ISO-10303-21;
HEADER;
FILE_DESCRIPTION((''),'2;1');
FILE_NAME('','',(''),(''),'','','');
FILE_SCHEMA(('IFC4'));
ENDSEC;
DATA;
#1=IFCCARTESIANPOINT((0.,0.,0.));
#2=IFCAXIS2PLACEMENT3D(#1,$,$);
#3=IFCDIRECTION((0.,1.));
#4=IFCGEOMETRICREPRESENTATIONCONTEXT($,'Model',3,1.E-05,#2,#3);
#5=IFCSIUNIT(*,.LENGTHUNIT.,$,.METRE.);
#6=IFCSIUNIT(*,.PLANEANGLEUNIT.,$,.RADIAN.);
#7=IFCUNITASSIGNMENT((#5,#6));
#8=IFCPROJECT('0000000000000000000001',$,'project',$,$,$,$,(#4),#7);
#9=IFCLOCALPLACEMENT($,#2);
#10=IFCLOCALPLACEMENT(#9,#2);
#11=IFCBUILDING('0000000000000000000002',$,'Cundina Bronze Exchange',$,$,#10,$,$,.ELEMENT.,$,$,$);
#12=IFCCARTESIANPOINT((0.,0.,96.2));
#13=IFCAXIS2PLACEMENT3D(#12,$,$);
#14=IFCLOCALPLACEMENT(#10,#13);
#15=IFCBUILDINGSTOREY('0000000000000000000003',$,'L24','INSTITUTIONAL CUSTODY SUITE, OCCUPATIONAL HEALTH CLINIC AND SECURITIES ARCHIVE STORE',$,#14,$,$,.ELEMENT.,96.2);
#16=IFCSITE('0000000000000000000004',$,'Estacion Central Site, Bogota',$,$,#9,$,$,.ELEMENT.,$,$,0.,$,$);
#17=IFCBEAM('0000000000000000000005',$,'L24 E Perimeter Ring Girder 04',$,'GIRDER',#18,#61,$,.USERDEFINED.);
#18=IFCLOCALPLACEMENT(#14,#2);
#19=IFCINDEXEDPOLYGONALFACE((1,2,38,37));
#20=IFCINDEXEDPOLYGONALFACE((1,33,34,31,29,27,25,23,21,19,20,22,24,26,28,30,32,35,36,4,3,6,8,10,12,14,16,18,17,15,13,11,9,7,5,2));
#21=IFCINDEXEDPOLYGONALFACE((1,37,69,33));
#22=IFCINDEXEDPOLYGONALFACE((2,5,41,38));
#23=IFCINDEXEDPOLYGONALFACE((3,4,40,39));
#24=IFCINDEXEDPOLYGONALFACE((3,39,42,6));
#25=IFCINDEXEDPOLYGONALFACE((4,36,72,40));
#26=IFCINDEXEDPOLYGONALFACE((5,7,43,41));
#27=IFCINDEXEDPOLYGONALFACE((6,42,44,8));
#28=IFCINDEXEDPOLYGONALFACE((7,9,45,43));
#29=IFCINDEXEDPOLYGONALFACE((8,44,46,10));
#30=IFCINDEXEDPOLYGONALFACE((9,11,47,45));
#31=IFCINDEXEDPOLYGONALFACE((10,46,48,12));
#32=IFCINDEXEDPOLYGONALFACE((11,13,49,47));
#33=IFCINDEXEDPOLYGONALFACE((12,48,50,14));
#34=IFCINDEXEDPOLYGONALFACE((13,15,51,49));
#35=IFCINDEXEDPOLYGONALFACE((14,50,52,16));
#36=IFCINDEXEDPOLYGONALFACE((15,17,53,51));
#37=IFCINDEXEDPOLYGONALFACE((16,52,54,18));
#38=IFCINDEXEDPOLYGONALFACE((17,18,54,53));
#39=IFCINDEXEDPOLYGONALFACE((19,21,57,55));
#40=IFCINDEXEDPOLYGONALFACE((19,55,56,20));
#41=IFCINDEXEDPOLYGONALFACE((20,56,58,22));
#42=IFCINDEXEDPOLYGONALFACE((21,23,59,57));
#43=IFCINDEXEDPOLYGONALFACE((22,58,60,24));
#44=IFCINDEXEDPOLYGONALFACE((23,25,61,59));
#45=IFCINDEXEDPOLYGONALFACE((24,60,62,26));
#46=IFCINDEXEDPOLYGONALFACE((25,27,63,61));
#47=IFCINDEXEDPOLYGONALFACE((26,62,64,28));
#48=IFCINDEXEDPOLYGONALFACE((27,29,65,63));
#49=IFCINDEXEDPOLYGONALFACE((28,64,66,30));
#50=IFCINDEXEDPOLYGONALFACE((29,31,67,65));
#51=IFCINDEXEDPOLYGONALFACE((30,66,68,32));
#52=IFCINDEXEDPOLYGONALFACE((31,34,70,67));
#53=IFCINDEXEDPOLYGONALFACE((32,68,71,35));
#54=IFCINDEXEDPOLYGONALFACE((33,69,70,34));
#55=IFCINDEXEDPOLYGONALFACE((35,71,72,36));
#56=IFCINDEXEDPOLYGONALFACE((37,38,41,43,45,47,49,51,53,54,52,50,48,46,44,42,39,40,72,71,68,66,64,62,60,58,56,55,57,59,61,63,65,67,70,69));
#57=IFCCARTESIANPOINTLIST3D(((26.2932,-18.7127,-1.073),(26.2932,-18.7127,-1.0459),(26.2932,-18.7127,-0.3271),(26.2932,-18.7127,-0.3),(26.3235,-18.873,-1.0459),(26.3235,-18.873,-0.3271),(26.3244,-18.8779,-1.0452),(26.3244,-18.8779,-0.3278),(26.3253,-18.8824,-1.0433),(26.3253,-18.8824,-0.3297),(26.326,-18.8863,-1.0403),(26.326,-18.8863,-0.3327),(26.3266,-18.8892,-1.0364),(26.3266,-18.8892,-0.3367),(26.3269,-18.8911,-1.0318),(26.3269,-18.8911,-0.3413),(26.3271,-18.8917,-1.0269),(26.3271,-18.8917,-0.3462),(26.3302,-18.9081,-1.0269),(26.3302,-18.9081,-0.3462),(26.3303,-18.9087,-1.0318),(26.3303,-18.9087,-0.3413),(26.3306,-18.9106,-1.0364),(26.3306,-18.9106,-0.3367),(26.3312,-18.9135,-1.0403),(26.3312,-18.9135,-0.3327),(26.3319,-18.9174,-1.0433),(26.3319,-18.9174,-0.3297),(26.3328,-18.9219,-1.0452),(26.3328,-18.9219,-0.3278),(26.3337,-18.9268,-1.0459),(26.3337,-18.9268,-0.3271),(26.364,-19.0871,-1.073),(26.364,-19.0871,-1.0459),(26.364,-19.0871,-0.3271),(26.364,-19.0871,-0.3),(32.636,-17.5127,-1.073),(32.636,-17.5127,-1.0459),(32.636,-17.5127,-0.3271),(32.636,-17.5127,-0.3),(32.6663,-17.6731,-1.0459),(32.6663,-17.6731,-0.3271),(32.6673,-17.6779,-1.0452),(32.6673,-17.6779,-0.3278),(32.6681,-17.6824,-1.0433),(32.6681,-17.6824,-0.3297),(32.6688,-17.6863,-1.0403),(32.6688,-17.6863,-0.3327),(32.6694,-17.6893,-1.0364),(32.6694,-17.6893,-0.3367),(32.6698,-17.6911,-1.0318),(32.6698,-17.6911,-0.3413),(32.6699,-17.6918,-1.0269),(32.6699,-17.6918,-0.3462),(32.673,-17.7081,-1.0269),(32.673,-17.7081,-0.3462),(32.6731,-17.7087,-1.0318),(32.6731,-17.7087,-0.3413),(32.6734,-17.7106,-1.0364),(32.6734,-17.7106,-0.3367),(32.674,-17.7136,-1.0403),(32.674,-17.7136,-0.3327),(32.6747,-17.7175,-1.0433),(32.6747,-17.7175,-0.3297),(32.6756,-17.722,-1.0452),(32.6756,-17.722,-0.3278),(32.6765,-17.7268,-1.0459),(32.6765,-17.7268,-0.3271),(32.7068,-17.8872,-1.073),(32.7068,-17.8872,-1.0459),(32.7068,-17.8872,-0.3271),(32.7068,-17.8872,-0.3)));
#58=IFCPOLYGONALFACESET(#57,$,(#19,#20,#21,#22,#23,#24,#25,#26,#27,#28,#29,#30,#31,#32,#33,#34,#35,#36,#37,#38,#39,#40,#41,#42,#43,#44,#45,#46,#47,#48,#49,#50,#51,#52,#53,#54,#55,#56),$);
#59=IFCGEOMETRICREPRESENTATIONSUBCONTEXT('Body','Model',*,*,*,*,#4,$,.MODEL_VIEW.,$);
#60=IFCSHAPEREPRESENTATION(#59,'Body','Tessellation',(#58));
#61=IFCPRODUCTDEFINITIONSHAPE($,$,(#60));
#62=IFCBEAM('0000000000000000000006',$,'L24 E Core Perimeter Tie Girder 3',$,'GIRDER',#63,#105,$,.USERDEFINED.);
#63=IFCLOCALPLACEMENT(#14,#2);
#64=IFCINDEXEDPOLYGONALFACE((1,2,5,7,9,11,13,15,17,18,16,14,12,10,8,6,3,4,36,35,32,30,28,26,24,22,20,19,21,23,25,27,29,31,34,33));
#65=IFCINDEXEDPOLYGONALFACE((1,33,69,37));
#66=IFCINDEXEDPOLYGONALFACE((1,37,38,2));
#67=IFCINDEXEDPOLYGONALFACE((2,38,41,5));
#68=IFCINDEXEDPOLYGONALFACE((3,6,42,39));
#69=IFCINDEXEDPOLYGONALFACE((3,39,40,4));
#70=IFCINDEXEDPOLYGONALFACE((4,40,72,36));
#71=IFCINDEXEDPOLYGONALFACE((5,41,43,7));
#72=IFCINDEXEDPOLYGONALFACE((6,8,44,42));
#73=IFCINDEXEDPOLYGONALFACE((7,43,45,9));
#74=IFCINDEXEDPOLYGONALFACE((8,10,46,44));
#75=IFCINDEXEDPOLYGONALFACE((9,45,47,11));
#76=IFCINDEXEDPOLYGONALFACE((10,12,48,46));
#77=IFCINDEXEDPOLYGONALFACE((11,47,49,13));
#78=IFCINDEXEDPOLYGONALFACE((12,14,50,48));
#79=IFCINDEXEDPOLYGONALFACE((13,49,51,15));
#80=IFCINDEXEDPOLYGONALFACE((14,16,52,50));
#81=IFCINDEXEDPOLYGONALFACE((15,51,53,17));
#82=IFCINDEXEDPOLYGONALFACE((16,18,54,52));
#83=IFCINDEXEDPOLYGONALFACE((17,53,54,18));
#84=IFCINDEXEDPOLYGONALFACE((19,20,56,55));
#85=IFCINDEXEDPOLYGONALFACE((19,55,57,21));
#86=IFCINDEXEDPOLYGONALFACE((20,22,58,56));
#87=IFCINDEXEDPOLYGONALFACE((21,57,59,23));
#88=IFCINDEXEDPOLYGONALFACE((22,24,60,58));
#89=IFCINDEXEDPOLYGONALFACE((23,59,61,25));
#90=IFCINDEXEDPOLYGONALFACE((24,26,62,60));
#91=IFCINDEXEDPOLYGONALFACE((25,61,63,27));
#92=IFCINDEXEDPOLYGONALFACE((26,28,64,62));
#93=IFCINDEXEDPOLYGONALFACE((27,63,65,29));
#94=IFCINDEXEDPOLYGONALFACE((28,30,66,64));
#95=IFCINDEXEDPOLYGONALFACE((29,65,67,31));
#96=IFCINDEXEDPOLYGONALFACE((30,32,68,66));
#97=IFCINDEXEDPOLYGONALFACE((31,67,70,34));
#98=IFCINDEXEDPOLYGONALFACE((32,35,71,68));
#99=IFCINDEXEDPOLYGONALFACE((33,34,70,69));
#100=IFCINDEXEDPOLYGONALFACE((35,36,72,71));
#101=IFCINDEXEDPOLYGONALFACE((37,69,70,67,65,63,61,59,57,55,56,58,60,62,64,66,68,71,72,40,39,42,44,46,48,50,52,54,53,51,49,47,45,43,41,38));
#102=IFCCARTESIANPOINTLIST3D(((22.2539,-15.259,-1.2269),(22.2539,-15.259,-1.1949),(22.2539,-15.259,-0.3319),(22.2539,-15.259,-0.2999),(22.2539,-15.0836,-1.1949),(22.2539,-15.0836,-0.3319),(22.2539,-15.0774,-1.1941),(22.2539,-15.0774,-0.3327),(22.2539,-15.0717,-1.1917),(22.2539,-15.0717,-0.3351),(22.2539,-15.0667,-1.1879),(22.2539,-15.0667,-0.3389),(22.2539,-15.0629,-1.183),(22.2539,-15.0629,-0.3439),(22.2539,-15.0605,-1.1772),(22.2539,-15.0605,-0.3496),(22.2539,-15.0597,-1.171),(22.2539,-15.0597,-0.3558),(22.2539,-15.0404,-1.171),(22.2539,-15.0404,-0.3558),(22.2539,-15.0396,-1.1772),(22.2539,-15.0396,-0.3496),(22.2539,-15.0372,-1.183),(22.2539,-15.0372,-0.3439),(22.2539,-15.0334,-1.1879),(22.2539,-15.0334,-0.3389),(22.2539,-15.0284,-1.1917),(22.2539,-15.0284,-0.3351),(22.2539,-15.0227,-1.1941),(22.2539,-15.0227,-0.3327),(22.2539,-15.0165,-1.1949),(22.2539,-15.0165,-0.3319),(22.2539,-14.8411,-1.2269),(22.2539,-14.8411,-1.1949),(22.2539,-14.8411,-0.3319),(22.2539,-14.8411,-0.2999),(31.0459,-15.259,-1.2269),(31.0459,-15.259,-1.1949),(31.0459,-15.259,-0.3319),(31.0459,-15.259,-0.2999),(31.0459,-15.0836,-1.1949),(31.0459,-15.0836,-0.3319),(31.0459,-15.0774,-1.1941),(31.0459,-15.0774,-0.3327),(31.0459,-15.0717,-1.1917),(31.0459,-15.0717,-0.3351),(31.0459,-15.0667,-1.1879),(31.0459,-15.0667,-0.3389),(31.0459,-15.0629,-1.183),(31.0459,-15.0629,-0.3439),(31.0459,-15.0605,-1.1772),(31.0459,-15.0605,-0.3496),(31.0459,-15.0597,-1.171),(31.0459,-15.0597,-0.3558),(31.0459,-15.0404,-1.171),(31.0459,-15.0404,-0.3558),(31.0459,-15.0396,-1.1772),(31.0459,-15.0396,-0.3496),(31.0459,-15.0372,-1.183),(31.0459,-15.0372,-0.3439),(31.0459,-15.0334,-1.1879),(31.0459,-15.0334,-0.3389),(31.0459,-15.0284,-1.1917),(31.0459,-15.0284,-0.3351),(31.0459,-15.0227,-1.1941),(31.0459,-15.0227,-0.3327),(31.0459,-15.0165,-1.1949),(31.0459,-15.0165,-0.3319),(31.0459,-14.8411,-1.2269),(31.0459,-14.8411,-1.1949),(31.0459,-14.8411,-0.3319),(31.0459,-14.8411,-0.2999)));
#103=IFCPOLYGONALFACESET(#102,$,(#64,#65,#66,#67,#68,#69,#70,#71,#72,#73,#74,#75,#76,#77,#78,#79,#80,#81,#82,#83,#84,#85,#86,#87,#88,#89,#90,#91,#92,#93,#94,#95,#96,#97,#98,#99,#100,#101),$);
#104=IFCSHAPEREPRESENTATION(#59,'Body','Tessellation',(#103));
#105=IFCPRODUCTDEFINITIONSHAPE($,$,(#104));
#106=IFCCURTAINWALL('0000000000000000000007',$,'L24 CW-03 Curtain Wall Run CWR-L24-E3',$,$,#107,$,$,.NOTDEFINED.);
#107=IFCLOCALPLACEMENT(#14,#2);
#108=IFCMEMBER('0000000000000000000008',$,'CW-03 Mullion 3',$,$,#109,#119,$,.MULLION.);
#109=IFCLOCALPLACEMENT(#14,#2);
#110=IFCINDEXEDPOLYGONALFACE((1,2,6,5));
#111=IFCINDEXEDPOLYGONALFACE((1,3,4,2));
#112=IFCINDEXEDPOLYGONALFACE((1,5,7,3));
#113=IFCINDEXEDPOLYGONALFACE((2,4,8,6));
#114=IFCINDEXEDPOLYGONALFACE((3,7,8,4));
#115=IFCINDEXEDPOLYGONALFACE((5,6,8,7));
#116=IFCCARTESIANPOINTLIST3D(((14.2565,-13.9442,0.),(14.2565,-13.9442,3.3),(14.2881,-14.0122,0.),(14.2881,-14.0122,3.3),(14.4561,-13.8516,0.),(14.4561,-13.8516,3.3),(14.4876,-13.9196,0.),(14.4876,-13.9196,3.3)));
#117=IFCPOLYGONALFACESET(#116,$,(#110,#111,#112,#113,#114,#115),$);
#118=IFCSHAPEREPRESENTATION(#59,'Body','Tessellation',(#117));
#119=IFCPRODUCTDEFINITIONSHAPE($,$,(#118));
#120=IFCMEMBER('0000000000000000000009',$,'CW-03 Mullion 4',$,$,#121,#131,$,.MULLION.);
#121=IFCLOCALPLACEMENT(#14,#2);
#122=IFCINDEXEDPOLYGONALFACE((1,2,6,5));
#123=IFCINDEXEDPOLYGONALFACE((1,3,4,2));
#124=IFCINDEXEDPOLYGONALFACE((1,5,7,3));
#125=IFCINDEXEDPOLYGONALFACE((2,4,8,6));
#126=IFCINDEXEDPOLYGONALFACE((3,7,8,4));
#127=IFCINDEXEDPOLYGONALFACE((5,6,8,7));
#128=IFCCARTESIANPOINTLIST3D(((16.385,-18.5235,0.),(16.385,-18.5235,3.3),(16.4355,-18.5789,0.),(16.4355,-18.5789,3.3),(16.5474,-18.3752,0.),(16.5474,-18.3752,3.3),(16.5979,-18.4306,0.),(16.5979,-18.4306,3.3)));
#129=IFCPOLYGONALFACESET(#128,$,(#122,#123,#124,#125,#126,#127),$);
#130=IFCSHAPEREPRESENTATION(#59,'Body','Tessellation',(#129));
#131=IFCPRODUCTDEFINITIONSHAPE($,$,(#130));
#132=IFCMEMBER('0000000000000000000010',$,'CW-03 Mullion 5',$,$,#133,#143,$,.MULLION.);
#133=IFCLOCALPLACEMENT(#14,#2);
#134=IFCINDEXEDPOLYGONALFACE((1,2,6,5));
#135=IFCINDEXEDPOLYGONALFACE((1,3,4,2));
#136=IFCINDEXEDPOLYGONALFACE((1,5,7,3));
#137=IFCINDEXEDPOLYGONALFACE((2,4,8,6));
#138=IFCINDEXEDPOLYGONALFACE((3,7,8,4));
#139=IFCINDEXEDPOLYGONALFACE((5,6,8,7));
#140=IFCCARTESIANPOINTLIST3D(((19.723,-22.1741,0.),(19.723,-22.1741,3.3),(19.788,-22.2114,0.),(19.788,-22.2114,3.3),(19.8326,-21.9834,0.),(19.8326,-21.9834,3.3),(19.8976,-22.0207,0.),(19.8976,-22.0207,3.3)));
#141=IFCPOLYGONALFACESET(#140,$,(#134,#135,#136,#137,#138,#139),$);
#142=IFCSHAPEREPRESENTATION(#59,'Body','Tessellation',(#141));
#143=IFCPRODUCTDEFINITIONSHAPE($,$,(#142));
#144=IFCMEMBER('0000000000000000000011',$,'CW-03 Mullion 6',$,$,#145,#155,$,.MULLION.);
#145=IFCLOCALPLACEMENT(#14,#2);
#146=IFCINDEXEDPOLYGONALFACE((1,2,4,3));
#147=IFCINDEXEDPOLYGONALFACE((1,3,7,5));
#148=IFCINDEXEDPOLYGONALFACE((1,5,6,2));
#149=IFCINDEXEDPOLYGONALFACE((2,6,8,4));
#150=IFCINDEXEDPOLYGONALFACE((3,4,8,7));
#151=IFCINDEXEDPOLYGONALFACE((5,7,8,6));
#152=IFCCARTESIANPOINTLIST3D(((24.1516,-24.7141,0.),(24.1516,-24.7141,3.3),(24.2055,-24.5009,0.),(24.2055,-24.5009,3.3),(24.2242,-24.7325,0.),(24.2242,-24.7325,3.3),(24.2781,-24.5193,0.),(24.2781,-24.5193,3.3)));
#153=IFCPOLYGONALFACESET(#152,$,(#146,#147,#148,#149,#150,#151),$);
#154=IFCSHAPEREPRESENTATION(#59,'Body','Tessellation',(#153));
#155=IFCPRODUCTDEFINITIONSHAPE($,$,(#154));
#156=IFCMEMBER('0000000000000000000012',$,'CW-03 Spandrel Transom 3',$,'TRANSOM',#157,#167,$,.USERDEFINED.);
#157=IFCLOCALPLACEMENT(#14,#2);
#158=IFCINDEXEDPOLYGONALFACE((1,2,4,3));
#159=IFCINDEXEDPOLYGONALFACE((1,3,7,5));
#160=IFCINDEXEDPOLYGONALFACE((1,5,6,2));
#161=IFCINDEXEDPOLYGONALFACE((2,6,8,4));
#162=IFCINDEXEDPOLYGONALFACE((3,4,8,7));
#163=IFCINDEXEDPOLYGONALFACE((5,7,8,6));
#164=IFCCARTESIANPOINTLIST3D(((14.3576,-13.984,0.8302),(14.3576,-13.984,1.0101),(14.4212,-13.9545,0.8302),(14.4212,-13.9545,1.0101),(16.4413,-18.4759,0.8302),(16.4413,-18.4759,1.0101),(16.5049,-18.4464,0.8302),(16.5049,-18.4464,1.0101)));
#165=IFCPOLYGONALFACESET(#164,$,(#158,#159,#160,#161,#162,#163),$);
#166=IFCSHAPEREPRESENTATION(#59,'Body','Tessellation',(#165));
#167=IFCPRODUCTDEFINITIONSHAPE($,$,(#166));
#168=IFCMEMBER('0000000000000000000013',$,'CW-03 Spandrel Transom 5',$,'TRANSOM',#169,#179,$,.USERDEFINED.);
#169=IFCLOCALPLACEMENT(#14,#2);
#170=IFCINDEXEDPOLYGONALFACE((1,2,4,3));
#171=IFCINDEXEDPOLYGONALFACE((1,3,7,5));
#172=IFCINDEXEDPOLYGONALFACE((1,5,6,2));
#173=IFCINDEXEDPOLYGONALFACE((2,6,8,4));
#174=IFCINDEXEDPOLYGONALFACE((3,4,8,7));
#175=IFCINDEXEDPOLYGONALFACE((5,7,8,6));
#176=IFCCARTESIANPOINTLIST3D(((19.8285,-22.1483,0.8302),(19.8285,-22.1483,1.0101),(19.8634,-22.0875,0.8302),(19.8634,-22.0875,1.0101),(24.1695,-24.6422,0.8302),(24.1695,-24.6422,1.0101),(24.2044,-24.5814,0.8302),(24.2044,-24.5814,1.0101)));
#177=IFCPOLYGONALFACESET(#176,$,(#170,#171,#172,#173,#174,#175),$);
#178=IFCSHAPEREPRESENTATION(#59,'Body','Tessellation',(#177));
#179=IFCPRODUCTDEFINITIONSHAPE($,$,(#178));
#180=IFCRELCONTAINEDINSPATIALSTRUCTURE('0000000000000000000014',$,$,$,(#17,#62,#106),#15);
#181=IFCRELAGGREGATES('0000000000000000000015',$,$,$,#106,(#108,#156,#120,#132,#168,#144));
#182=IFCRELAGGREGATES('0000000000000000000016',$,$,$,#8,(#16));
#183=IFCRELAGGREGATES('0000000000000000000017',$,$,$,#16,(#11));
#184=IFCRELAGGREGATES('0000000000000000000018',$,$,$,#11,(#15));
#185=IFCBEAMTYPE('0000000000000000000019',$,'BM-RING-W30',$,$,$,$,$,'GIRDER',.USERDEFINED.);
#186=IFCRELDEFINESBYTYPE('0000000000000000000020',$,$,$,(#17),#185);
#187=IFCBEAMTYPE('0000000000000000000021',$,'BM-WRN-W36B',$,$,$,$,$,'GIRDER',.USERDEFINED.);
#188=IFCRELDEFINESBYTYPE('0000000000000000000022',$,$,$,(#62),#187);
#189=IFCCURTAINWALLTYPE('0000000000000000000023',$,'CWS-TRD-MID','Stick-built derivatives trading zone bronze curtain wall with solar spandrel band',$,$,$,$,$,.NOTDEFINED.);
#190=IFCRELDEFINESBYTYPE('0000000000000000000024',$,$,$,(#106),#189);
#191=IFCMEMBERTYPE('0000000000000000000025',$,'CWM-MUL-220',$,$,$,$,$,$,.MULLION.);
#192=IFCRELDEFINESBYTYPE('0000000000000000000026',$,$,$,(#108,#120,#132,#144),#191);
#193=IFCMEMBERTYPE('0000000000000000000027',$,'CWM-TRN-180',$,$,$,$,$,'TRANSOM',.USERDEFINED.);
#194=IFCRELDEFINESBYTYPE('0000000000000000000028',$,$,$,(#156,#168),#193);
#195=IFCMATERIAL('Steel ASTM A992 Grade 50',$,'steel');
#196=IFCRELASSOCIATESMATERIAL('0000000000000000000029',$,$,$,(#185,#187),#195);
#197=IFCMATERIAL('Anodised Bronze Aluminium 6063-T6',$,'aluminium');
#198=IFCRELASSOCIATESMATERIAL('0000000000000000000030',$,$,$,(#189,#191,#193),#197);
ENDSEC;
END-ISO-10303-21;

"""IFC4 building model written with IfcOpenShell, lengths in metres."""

from ifc_helpers import new_model, si_unit, direction, frame, origin, origin_2d, place, context, subcontext, project, spatial, rectangle, i_section, extrude, material, material_profile, profile_set, type_object, element, aggregate, save


model = new_model("IFC4")

# Units and contexts
model_context = context("Model", 3, precision=1e-05, world=origin(), true_north=direction((0.0, 1.0)))
body_context = subcontext(model_context, "Body", "Model", "MODEL_VIEW")
ifc_project = project(units=[si_unit("LENGTHUNIT", "METRE"), si_unit("PLANEANGLEUNIT", "RADIAN")], contexts=[model_context])

# Site, building, storey
site_placement = place(None, origin())
site = spatial("IfcSite", under=ifc_project, at=site_placement, Name="Estacion Central Site, Bogota", CompositionType="ELEMENT", RefElevation=0.0)
building_placement = place(site_placement, origin())
building = spatial("IfcBuilding", under=site, at=building_placement, Name="Cundina Bronze Exchange", CompositionType="ELEMENT")
storey_placement = place(building_placement, frame((0.0, 0.0, 96.2)))
storey = spatial("IfcBuildingStorey", under=building, at=storey_placement, Name="L24", Description="INSTITUTIONAL CUSTODY SUITE, OCCUPATIONAL HEALTH CLINIC AND SECURITIES ARCHIVE STORE", CompositionType="ELEMENT", Elevation=96.2)

# Shared definitions
ifc_material_1 = material(Name="Steel ASTM A992 Grade 50", Category="steel")

# Beams
ifc_material_profile_1 = material_profile(ifc_material_1, i_section(OverallWidth=0.3811, OverallDepth=0.7729, WebThickness=0.0166, FlangeThickness=0.0271, FilletRadius=0.019, at=origin_2d()), Name="W30X173", Category="steel")
ifc_profile_set_1 = profile_set([ifc_material_profile_1], Name="Steel ASTM A992 Grade 50")
beam_type_1 = type_object("IfcBeamType", Name="BM-RING-W30", ElementType="GIRDER", PredefinedType="USERDEFINED", material=ifc_profile_set_1)
beam_1_placement = place(storey_placement, frame((26.3286, -18.8999, -0.6865), z_axis=(0.982571, 0.185887, 0.0), x_axis=(-0.185887, 0.982571, 0.0)))
element("IfcBeam", 1, at=beam_1_placement, inside=storey, type_object=beam_type_1, Name="L24 E Perimeter Ring Girder 04", ObjectType="GIRDER", PredefinedType="USERDEFINED", context=body_context, shape_type="SweptSolid", body=[
    extrude(i_section(OverallWidth=0.3811, OverallDepth=0.7729, WebThickness=0.0166, FlangeThickness=0.0271, FilletRadius=0.019, at=origin_2d()), origin(), (0.0, 0.0, 1.0), 6.4553),
])
ifc_material_profile_2 = material_profile(ifc_material_1, i_section(OverallWidth=0.418, OverallDepth=0.927, WebThickness=0.0193, FlangeThickness=0.032, FilletRadius=0.0239, at=origin_2d()), Name="W36X231", Category="steel")
ifc_profile_set_2 = profile_set([ifc_material_profile_2], Name="Steel ASTM A992 Grade 50")
beam_type_2 = type_object("IfcBeamType", Name="BM-WRN-W36B", ElementType="GIRDER", PredefinedType="USERDEFINED", material=ifc_profile_set_2)
beam_2_placement = place(storey_placement, frame((22.2539, -15.05, -0.7634), z_axis=(1.0, 0.0, 0.0), x_axis=(0.0, 1.0, 0.0)))
element("IfcBeam", 2, at=beam_2_placement, inside=storey, type_object=beam_type_2, Name="L24 E Core Perimeter Tie Girder 3", ObjectType="GIRDER", PredefinedType="USERDEFINED", context=body_context, shape_type="SweptSolid", body=[
    extrude(i_section(OverallWidth=0.418, OverallDepth=0.927, WebThickness=0.0193, FlangeThickness=0.032, FilletRadius=0.0239, at=origin_2d()), origin(), (0.0, 0.0, 1.0), 8.792),
])

# Curtain wall, members
ifc_material_2 = material(Name="Anodised Bronze Aluminium 6063-T6", Category="aluminium")
curtain_wall_type = type_object("IfcCurtainWallType", Name="CWS-TRD-MID", Description="Stick-built derivatives trading zone bronze curtain wall with solar spandrel band", PredefinedType="NOTDEFINED", material=ifc_material_2)
curtain_wall_placement = place(storey_placement, origin())
curtain_wall = element("IfcCurtainWall", 3, at=curtain_wall_placement, inside=storey, type_object=curtain_wall_type, Name="L24 CW-03 Curtain Wall Run CWR-L24-E3", PredefinedType="NOTDEFINED")
ifc_material_profile_3 = material_profile(ifc_material_2, rectangle(XDim=0.075, YDim=0.22, at=origin_2d()), Name="AL75X220", Category="aluminium")
ifc_profile_set_3 = profile_set([ifc_material_profile_3], Name="Anodised Bronze Aluminium 6063-T6")
member_type_1 = type_object("IfcMemberType", Name="CWM-MUL-220", PredefinedType="MULLION", material=ifc_profile_set_3)
member_1_placement = place(storey_placement, frame((14.3721, -13.9319, 0.0), z_axis=(0.0, 0.0, 1.0), x_axis=(0.420877, -0.907117, 0.0)))
member_1 = element("IfcMember", 4, at=member_1_placement, type_object=member_type_1, Name="CW-03 Mullion 3", PredefinedType="MULLION", context=body_context, shape_type="SweptSolid", body=[
    extrude(rectangle(XDim=0.075, YDim=0.22, at=origin_2d()), origin(), (0.0, 0.0, 1.0), 3.3),
])
member_2_placement = place(storey_placement, frame((16.4915, -18.4771, 0.0), z_axis=(0.0, 0.0, 1.0), x_axis=(0.674302, -0.738455, 0.0)))
member_2 = element("IfcMember", 5, at=member_2_placement, type_object=member_type_1, Name="CW-03 Mullion 4", PredefinedType="MULLION", context=body_context, shape_type="SweptSolid", body=[
    extrude(rectangle(XDim=0.075, YDim=0.22, at=origin_2d()), origin(), (0.0, 0.0, 1.0), 3.3),
])
member_3_placement = place(storey_placement, frame((19.8103, -22.0974, 0.0), z_axis=(0.0, 0.0, 1.0), x_axis=(0.867071, -0.498185, 0.0)))
member_3 = element("IfcMember", 6, at=member_3_placement, type_object=member_type_1, Name="CW-03 Mullion 5", PredefinedType="MULLION", context=body_context, shape_type="SweptSolid", body=[
    extrude(rectangle(XDim=0.075, YDim=0.22, at=origin_2d()), origin(), (0.0, 0.0, 1.0), 3.3),
])
member_4_placement = place(storey_placement, frame((24.2148, -24.6167, 0.0), z_axis=(0.0, 0.0, 1.0), x_axis=(0.969488, -0.245138, 0.0)))
member_4 = element("IfcMember", 7, at=member_4_placement, type_object=member_type_1, Name="CW-03 Mullion 6", PredefinedType="MULLION", context=body_context, shape_type="SweptSolid", body=[
    extrude(rectangle(XDim=0.075, YDim=0.22, at=origin_2d()), origin(), (0.0, 0.0, 1.0), 3.3),
])
ifc_material_profile_4 = material_profile(ifc_material_2, rectangle(XDim=0.0701, YDim=0.1799, at=origin_2d()), Name="AL70X180", Category="aluminium")
ifc_profile_set_4 = profile_set([ifc_material_profile_4], Name="Anodised Bronze Aluminium 6063-T6")
member_type_2 = type_object("IfcMemberType", Name="CWM-TRN-180", ElementType="TRANSOM", PredefinedType="USERDEFINED", material=ifc_profile_set_4)
member_5_placement = place(storey_placement, frame((14.3894, -13.9692, 0.9202), z_axis=(0.420811, -0.907148, 0.0), x_axis=(0.907148, 0.420811, 0.0)))
member_5 = element("IfcMember", 8, at=member_5_placement, type_object=member_type_2, Name="CW-03 Spandrel Transom 3", ObjectType="TRANSOM", PredefinedType="USERDEFINED", context=body_context, shape_type="SweptSolid", body=[
    extrude(rectangle(XDim=0.0701, YDim=0.1799, at=origin_2d()), origin(), (0.0, 0.0, 1.0), 4.9517),
])
member_6_placement = place(storey_placement, frame((19.8459, -22.1179, 0.9202), z_axis=(0.867097, -0.498139, 0.0), x_axis=(0.498139, 0.867097, 0.0)))
member_6 = element("IfcMember", 9, at=member_6_placement, type_object=member_type_2, Name="CW-03 Spandrel Transom 5", ObjectType="TRANSOM", PredefinedType="USERDEFINED", context=body_context, shape_type="SweptSolid", body=[
    extrude(rectangle(XDim=0.0701, YDim=0.1799, at=origin_2d()), origin(), (0.0, 0.0, 1.0), 5.0063),
])
aggregate(curtain_wall, [member_1, member_5, member_2, member_3, member_6, member_4])

save(model, "model.ifc")
